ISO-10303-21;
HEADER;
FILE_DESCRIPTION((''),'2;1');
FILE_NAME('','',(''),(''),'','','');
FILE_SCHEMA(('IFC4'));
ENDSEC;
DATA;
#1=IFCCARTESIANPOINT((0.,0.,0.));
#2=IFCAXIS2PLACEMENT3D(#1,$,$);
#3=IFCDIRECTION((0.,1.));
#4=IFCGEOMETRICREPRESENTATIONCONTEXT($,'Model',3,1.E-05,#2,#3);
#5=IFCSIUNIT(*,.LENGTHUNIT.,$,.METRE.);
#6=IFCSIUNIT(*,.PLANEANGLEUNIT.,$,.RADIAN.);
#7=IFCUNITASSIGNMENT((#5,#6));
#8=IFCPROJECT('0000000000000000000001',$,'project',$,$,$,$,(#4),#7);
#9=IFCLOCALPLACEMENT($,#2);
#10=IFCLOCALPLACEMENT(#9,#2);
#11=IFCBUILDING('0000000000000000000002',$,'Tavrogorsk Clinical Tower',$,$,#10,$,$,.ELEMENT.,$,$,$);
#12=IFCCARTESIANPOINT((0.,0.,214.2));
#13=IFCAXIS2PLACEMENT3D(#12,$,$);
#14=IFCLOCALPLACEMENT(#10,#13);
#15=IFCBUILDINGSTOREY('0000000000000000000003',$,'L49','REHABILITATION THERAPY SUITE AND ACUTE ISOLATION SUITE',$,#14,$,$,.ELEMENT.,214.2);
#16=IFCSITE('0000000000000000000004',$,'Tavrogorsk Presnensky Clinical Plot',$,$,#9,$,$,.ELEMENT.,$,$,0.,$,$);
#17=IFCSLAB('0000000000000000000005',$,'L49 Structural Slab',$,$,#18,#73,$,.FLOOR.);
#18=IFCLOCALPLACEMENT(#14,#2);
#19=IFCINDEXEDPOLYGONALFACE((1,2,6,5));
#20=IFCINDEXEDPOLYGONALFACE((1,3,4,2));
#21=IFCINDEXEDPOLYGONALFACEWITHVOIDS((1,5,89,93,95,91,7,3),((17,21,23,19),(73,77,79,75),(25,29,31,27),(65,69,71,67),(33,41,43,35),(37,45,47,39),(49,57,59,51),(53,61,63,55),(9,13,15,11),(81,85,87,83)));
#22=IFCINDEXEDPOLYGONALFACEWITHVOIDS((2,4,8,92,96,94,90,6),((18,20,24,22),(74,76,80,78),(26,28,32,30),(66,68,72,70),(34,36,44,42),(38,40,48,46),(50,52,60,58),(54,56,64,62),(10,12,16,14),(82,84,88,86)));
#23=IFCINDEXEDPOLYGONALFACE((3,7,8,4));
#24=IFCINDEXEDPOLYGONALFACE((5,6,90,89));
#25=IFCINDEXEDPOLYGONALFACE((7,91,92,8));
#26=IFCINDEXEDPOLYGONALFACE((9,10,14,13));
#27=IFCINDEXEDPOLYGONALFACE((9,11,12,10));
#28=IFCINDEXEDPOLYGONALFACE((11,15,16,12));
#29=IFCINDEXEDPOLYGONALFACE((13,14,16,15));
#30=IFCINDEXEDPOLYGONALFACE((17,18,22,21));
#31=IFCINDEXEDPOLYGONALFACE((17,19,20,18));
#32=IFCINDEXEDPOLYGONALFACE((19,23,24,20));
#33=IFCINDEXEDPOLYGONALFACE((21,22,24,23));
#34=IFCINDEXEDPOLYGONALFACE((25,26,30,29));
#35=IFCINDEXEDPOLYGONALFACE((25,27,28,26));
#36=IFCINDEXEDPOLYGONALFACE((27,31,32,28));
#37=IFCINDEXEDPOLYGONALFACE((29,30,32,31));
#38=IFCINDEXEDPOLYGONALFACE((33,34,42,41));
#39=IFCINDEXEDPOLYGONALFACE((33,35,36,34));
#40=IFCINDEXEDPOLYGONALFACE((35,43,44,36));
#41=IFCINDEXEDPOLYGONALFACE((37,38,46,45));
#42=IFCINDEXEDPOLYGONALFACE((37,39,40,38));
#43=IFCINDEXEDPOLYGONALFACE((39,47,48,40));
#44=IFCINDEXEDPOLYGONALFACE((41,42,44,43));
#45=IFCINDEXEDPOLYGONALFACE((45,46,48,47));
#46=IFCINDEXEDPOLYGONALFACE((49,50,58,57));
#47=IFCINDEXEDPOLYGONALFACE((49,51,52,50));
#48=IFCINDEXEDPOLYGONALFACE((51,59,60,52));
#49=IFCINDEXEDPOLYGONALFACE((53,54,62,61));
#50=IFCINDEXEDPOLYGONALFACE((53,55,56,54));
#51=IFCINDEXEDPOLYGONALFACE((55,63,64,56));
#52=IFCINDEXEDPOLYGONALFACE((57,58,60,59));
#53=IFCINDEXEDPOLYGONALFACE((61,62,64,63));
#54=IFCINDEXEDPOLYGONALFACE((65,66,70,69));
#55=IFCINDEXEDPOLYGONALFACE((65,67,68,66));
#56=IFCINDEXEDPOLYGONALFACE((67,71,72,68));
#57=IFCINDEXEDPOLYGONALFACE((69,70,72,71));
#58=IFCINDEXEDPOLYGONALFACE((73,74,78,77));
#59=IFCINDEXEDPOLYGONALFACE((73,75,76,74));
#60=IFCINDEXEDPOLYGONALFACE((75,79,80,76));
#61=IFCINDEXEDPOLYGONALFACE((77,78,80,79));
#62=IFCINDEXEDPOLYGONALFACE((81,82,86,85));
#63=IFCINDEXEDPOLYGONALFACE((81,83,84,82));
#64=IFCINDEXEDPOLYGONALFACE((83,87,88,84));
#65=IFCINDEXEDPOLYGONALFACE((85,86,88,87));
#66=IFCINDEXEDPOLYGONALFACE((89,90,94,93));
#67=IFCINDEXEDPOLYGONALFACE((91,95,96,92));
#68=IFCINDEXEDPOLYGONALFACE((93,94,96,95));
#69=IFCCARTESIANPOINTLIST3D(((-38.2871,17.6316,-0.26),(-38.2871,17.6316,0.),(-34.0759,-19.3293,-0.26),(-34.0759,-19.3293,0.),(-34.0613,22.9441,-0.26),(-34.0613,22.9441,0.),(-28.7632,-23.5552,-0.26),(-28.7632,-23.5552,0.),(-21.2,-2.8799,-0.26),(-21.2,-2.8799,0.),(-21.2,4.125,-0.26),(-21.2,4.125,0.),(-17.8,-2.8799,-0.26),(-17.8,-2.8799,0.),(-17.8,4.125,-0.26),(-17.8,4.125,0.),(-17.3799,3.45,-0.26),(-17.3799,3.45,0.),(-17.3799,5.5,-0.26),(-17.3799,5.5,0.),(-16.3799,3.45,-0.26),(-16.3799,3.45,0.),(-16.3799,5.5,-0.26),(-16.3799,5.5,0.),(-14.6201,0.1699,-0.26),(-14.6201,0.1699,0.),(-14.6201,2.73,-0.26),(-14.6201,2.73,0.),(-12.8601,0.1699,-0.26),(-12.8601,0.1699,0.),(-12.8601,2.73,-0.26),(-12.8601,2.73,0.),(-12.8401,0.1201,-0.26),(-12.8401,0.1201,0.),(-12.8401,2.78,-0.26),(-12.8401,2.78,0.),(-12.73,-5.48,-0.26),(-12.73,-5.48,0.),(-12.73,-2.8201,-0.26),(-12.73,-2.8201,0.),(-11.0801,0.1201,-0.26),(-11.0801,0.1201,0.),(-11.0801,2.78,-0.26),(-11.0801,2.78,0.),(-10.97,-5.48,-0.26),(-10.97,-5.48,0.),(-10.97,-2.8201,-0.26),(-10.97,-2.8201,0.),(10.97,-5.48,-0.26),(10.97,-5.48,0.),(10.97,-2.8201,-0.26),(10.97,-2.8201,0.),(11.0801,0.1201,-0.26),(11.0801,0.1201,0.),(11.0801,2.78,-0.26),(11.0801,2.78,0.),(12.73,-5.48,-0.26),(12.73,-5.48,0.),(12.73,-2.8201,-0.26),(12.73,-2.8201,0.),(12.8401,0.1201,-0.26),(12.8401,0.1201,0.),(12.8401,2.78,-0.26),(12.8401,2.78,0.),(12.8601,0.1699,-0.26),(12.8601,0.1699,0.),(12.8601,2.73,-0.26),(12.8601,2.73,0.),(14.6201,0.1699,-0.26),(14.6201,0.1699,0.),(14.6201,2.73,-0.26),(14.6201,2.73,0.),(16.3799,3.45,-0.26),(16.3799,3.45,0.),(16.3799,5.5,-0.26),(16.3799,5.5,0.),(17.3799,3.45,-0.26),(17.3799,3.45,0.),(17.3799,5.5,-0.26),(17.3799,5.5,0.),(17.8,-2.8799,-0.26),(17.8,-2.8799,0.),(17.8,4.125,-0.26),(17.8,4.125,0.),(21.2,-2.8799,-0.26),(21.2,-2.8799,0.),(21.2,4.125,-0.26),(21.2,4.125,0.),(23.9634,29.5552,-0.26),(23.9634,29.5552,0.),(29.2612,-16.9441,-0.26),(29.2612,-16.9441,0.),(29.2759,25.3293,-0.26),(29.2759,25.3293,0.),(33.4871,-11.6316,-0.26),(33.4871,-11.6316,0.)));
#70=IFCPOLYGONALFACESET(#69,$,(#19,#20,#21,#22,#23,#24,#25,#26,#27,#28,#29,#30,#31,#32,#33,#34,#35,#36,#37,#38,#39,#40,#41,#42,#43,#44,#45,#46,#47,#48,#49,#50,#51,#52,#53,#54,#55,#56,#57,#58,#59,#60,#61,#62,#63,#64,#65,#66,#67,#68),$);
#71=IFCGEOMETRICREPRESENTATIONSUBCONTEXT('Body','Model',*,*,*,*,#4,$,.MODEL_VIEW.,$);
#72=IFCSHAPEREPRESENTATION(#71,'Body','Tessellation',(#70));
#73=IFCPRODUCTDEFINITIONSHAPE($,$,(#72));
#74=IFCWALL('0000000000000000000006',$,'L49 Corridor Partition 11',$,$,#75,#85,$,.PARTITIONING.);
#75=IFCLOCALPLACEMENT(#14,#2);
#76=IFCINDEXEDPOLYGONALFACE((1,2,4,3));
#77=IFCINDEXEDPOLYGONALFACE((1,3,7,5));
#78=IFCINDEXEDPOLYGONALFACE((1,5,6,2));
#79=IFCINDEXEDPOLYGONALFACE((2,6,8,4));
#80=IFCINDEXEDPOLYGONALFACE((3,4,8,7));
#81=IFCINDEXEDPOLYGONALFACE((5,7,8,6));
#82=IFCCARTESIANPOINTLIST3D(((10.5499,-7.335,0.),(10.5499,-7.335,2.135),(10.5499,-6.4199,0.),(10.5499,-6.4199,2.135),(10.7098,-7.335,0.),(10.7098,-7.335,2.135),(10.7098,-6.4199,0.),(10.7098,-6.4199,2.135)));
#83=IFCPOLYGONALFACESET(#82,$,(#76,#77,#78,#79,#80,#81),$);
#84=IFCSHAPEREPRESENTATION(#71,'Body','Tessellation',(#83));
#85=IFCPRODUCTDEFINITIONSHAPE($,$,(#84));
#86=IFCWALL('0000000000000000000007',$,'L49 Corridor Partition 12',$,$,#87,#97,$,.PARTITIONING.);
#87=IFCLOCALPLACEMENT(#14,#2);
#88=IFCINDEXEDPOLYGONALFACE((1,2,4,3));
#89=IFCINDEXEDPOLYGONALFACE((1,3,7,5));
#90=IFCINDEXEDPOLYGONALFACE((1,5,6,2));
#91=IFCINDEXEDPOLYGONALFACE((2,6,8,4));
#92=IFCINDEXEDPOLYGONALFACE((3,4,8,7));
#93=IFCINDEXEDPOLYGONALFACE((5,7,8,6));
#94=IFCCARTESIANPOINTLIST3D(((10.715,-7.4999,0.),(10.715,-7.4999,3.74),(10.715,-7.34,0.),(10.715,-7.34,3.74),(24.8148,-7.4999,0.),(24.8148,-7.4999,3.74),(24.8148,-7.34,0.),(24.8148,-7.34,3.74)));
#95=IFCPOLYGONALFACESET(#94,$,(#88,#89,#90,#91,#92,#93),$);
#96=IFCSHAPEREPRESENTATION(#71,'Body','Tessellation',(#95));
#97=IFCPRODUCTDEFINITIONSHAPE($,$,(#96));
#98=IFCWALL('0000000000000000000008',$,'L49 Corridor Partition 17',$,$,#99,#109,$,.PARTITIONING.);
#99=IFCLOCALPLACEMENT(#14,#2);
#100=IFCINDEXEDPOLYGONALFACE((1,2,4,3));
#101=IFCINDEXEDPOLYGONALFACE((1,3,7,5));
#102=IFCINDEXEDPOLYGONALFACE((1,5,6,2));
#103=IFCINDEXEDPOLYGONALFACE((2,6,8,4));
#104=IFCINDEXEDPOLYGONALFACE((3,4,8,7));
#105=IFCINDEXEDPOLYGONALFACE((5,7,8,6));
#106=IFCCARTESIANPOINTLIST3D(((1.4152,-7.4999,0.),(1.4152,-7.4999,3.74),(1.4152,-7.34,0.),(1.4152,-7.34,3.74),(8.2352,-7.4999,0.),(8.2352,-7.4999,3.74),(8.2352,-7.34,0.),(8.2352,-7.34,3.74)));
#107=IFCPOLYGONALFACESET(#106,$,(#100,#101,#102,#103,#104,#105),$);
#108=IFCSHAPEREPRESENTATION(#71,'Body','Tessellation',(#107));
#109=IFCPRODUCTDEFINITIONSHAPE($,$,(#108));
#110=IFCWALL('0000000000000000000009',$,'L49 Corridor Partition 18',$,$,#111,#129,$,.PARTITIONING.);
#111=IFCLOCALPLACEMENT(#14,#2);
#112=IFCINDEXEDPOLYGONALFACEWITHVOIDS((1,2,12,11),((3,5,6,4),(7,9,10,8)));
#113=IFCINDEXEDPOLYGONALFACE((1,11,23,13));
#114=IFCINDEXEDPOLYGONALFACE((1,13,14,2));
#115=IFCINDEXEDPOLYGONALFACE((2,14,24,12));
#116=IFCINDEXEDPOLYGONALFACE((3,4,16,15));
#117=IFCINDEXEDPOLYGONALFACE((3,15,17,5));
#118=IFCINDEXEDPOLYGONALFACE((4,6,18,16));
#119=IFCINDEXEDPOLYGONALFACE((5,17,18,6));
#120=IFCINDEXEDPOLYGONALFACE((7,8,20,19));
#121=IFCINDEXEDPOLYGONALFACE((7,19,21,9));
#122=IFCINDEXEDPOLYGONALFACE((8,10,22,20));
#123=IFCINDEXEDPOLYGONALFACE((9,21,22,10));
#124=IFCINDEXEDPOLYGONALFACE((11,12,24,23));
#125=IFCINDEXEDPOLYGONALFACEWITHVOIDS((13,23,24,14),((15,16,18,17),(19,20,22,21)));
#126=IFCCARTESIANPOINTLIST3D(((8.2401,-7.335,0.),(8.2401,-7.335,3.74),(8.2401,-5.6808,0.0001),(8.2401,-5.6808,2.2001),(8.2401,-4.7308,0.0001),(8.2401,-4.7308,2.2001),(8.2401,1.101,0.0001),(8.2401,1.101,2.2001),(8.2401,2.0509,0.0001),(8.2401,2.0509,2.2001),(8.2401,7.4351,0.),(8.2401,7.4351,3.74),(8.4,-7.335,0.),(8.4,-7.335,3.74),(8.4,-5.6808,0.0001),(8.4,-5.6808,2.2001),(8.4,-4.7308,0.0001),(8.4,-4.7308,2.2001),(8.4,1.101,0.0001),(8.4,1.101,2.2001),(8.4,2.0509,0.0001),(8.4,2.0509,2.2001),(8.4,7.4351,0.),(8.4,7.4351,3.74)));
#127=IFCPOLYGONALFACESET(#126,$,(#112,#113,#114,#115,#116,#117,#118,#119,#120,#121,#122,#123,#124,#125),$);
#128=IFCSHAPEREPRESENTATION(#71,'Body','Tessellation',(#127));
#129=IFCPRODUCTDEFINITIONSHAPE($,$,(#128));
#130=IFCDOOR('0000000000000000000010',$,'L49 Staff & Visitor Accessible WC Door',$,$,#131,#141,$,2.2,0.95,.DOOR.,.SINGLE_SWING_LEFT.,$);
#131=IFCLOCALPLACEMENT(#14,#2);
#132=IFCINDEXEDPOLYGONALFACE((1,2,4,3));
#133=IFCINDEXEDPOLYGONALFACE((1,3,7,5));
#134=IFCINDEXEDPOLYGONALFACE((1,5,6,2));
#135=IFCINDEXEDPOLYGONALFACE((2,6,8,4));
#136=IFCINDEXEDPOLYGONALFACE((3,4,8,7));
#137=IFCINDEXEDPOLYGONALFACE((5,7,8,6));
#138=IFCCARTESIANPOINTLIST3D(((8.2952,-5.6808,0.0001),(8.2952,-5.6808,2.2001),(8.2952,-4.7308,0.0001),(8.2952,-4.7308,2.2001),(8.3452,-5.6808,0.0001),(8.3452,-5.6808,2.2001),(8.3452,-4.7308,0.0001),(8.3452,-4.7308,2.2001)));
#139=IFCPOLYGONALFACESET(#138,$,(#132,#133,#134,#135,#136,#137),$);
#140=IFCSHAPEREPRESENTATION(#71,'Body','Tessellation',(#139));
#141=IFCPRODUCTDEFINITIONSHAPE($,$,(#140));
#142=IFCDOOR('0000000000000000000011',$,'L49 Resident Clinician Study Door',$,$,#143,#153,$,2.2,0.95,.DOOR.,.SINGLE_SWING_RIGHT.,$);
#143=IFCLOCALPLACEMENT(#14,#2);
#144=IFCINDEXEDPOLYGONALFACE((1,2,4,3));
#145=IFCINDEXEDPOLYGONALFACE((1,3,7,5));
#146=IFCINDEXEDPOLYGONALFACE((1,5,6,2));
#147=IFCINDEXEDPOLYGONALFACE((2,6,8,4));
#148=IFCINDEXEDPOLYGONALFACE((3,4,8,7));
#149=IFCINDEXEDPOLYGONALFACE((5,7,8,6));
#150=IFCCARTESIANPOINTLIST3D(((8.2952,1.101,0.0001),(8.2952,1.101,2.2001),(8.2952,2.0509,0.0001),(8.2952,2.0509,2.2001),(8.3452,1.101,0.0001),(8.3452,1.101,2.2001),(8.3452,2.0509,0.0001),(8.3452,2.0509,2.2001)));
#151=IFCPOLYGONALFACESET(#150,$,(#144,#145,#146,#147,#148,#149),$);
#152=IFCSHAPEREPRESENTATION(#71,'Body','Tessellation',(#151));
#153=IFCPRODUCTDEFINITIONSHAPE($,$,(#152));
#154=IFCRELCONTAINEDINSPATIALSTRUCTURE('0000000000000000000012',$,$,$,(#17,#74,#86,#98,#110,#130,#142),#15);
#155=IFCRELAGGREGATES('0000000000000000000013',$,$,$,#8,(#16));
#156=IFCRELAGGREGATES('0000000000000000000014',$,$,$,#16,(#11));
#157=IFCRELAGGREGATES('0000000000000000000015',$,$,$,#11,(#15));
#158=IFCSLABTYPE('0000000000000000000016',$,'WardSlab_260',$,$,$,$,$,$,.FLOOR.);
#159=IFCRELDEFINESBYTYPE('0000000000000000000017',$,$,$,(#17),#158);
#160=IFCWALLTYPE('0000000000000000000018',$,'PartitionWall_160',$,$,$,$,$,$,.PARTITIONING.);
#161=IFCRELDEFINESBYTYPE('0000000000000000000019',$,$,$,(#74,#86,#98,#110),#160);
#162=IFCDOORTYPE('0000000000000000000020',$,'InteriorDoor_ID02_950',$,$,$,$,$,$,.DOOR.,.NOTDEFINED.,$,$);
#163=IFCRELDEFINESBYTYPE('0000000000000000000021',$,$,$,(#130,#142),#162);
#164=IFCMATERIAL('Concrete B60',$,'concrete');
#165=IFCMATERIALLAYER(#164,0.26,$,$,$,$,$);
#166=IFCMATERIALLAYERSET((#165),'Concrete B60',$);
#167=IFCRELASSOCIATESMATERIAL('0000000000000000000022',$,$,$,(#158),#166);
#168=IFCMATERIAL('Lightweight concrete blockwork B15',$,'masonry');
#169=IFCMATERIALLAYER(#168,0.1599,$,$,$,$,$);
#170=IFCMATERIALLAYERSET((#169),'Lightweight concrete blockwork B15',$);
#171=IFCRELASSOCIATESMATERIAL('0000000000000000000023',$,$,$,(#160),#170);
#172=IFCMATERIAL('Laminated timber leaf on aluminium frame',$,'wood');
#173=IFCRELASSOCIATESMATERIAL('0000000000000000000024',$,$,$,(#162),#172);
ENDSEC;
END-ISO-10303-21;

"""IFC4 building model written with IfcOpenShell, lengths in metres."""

from ifc_helpers import new_model, si_unit, direction, frame, frame_2d, origin, place, context, subcontext, project, spatial, polyline, rectangle, outline, extrude, material, layer, layer_set, type_object, element, fill, save


model = new_model("IFC4")

# Units and contexts
model_context = context("Model", 3, precision=1e-05, world=origin(), true_north=direction((0.0, 1.0)))
body_context = subcontext(model_context, "Body", "Model", "MODEL_VIEW")
ifc_project = project(units=[si_unit("LENGTHUNIT", "METRE"), si_unit("PLANEANGLEUNIT", "RADIAN")], contexts=[model_context])

# Site, building, storey
site_placement = place(None, origin())
site = spatial("IfcSite", under=ifc_project, at=site_placement, Name="Tavrogorsk Presnensky Clinical Plot", CompositionType="ELEMENT", RefElevation=0.0)
building_placement = place(site_placement, origin())
building = spatial("IfcBuilding", under=site, at=building_placement, Name="Tavrogorsk Clinical Tower", CompositionType="ELEMENT")
storey_placement = place(building_placement, frame((0.0, 0.0, 214.2)))
storey = spatial("IfcBuildingStorey", under=building, at=storey_placement, Name="L49", Description="REHABILITATION THERAPY SUITE AND ACUTE ISOLATION SUITE", CompositionType="ELEMENT", Elevation=214.2)

# Slab
ifc_material_1 = material(Name="Concrete B60", Category="concrete")
ifc_layer_1 = layer(ifc_material_1, 0.26)
ifc_layer_set_1 = layer_set([ifc_layer_1], Name="Concrete B60")
slab_type_1 = type_object("IfcSlabType", Name="WardSlab_260", PredefinedType="FLOOR", material=ifc_layer_set_1)
slab_1_placement = place(storey_placement, frame((0.0, 0.0, -0.26)))
element("IfcSlab", 1, at=slab_1_placement, inside=storey, type_object=slab_type_1, Name="L49 Structural Slab", PredefinedType="FLOOR", context=body_context, shape_type="SweptSolid", body=[
    extrude(outline(polyline([(-28.7632, -23.5552), (29.2612, -16.9441), (33.4871, -11.6316), (29.2759, 25.3293), (23.9634, 29.5552), (-34.0613, 22.9441), (-38.2871, 17.6316), (-34.0759, -19.3293), (-28.7632, -23.5552)]), holes=[polyline([(-17.8, -2.8799), (-17.8, 4.125), (-21.2, 4.125), (-21.2, -2.8799), (-17.8, -2.8799)]), polyline([(21.2, -2.8799), (21.2, 4.125), (17.8, 4.125), (17.8, -2.8799), (21.2, -2.8799)]), polyline([(-14.6201, 0.1699), (-12.8601, 0.1699), (-12.8601, 2.73), (-14.6201, 2.73), (-14.6201, 0.1699)]), polyline([(-12.73, -5.48), (-10.97, -5.48), (-10.97, -2.8201), (-12.73, -2.8201), (-12.73, -5.48)]), polyline([(-12.8401, 0.1201), (-11.0801, 0.1201), (-11.0801, 2.78), (-12.8401, 2.78), (-12.8401, 0.1201)]), polyline([(12.8601, 0.1699), (14.6201, 0.1699), (14.6201, 2.73), (12.8601, 2.73), (12.8601, 0.1699)]), polyline([(10.97, -5.48), (12.73, -5.48), (12.73, -2.8201), (10.97, -2.8201), (10.97, -5.48)]), polyline([(11.0801, 0.1201), (12.8401, 0.1201), (12.8401, 2.78), (11.0801, 2.78), (11.0801, 0.1201)]), polyline([(-17.3799, 3.45), (-16.3799, 3.45), (-16.3799, 5.5), (-17.3799, 5.5), (-17.3799, 3.45)]), polyline([(16.3799, 3.45), (17.3799, 3.45), (17.3799, 5.5), (16.3799, 5.5), (16.3799, 3.45)])]), origin(), (0.0, 0.0, 1.0), 0.26),
])

# Walls
ifc_material_2 = material(Name="Lightweight concrete blockwork B15", Category="masonry")
ifc_layer_2 = layer(ifc_material_2, 0.1599)
ifc_layer_set_2 = layer_set([ifc_layer_2], Name="Lightweight concrete blockwork B15")
wall_type_1 = type_object("IfcWallType", Name="PartitionWall_160", PredefinedType="PARTITIONING", material=ifc_layer_set_2)
wall_1_placement = place(storey_placement, frame((10.6299, -6.4199, 0.0), z_axis=(0.0, 0.0, 1.0), x_axis=(0.0, -1.0, 0.0)))
element("IfcWall", 2, at=wall_1_placement, inside=storey, type_object=wall_type_1, Name="L49 Corridor Partition 11", PredefinedType="PARTITIONING", context=body_context, shape_type="SweptSolid", body=[
    extrude(rectangle(XDim=0.915, YDim=0.1599, at=frame_2d((0.4575, 0.0))), origin(), (0.0, 0.0, 1.0), 2.135),
])
wall_2_placement = place(storey_placement, frame((10.7151, -7.4199, 0.0), z_axis=(0.0, 0.0, 1.0), x_axis=(1.0, 0.0, 0.0)))
element("IfcWall", 3, at=wall_2_placement, inside=storey, type_object=wall_type_1, Name="L49 Corridor Partition 12", PredefinedType="PARTITIONING", context=body_context, shape_type="SweptSolid", body=[
    extrude(rectangle(XDim=14.0999, YDim=0.1599, at=frame_2d((7.0498, 0.0))), origin(), (0.0, 0.0, 1.0), 3.74),
])
wall_3_placement = place(storey_placement, frame((1.415, -7.4199, 0.0), z_axis=(0.0, 0.0, 1.0), x_axis=(1.0, 0.0, 0.0)))
element("IfcWall", 4, at=wall_3_placement, inside=storey, type_object=wall_type_1, Name="L49 Corridor Partition 17", PredefinedType="PARTITIONING", context=body_context, shape_type="SweptSolid", body=[
    extrude(rectangle(XDim=6.8201, YDim=0.1599, at=frame_2d((3.4102, 0.0))), origin(), (0.0, 0.0, 1.0), 3.74),
])

# Wall, openings, doors
wall_4_placement = place(storey_placement, frame((8.3201, -7.335, 0.0), z_axis=(0.0, 0.0, 1.0), x_axis=(0.0, 1.0, 0.0)))
wall_4 = element("IfcWall", 5, at=wall_4_placement, inside=storey, type_object=wall_type_1, Name="L49 Corridor Partition 18", PredefinedType="PARTITIONING", context=body_context, shape_type="SweptSolid", body=[
    extrude(rectangle(XDim=14.77, YDim=0.1599, at=frame_2d((7.385, 0.0))), origin(), (0.0, 0.0, 1.0), 3.74),
])
opening_1_placement = place(wall_4_placement, frame((1.6541, 0.0, 0.0)))
opening_1 = element("IfcOpeningElement", 6, at=opening_1_placement, cuts=wall_4, PredefinedType="OPENING", context=body_context, shape_type="SweptSolid", body=[
    extrude(rectangle(XDim=0.95, YDim=2.2, at=frame_2d((0.4751, 1.1001))), frame((0.0, 0.0898, 0.0), z_axis=(0.0, -1.0, 0.0), x_axis=(1.0, 0.0, 0.0)), (0.0, 0.0, 1.0), 0.1799),
])
opening_2_placement = place(wall_4_placement, frame((8.4358, 0.0, 0.0)))
opening_2 = element("IfcOpeningElement", 7, at=opening_2_placement, cuts=wall_4, PredefinedType="OPENING", context=body_context, shape_type="SweptSolid", body=[
    extrude(rectangle(XDim=0.95, YDim=2.2, at=frame_2d((0.4751, 1.1001))), frame((0.0, 0.0898, 0.0), z_axis=(0.0, -1.0, 0.0), x_axis=(1.0, 0.0, 0.0)), (0.0, 0.0, 1.0), 0.1799),
])
ifc_material_3 = material(Name="Laminated timber leaf on aluminium frame", Category="wood")
door_type_1 = type_object("IfcDoorType", Name="InteriorDoor_ID02_950", OperationType="NOTDEFINED", PredefinedType="DOOR", material=ifc_material_3)
door_1_placement = place(opening_1_placement, origin())
door_1 = element("IfcDoor", 8, at=door_1_placement, inside=storey, type_object=door_type_1, Name="L49 Staff & Visitor Accessible WC Door", OperationType="SINGLE_SWING_LEFT", OverallHeight=2.2, OverallWidth=0.95, PredefinedType="DOOR", context=body_context, shape_type="SweptSolid", body=[
    extrude(rectangle(XDim=0.95, YDim=2.2, at=frame_2d((0.4751, 1.1001))), frame((0.0, 0.0249, 0.0), z_axis=(0.0, -1.0, 0.0), x_axis=(1.0, 0.0, 0.0)), (0.0, 0.0, 1.0), 0.05),
])
fill(opening_1, door_1)
door_2_placement = place(opening_2_placement, origin())
door_2 = element("IfcDoor", 9, at=door_2_placement, inside=storey, type_object=door_type_1, Name="L49 Resident Clinician Study Door", OperationType="SINGLE_SWING_RIGHT", OverallHeight=2.2, OverallWidth=0.95, PredefinedType="DOOR", context=body_context, shape_type="SweptSolid", body=[
    extrude(rectangle(XDim=0.95, YDim=2.2, at=frame_2d((0.4751, 1.1001))), frame((0.0, 0.0249, 0.0), z_axis=(0.0, -1.0, 0.0), x_axis=(1.0, 0.0, 0.0)), (0.0, 0.0, 1.0), 0.05),
])
fill(opening_2, door_2)

save(model, "model.ifc")
